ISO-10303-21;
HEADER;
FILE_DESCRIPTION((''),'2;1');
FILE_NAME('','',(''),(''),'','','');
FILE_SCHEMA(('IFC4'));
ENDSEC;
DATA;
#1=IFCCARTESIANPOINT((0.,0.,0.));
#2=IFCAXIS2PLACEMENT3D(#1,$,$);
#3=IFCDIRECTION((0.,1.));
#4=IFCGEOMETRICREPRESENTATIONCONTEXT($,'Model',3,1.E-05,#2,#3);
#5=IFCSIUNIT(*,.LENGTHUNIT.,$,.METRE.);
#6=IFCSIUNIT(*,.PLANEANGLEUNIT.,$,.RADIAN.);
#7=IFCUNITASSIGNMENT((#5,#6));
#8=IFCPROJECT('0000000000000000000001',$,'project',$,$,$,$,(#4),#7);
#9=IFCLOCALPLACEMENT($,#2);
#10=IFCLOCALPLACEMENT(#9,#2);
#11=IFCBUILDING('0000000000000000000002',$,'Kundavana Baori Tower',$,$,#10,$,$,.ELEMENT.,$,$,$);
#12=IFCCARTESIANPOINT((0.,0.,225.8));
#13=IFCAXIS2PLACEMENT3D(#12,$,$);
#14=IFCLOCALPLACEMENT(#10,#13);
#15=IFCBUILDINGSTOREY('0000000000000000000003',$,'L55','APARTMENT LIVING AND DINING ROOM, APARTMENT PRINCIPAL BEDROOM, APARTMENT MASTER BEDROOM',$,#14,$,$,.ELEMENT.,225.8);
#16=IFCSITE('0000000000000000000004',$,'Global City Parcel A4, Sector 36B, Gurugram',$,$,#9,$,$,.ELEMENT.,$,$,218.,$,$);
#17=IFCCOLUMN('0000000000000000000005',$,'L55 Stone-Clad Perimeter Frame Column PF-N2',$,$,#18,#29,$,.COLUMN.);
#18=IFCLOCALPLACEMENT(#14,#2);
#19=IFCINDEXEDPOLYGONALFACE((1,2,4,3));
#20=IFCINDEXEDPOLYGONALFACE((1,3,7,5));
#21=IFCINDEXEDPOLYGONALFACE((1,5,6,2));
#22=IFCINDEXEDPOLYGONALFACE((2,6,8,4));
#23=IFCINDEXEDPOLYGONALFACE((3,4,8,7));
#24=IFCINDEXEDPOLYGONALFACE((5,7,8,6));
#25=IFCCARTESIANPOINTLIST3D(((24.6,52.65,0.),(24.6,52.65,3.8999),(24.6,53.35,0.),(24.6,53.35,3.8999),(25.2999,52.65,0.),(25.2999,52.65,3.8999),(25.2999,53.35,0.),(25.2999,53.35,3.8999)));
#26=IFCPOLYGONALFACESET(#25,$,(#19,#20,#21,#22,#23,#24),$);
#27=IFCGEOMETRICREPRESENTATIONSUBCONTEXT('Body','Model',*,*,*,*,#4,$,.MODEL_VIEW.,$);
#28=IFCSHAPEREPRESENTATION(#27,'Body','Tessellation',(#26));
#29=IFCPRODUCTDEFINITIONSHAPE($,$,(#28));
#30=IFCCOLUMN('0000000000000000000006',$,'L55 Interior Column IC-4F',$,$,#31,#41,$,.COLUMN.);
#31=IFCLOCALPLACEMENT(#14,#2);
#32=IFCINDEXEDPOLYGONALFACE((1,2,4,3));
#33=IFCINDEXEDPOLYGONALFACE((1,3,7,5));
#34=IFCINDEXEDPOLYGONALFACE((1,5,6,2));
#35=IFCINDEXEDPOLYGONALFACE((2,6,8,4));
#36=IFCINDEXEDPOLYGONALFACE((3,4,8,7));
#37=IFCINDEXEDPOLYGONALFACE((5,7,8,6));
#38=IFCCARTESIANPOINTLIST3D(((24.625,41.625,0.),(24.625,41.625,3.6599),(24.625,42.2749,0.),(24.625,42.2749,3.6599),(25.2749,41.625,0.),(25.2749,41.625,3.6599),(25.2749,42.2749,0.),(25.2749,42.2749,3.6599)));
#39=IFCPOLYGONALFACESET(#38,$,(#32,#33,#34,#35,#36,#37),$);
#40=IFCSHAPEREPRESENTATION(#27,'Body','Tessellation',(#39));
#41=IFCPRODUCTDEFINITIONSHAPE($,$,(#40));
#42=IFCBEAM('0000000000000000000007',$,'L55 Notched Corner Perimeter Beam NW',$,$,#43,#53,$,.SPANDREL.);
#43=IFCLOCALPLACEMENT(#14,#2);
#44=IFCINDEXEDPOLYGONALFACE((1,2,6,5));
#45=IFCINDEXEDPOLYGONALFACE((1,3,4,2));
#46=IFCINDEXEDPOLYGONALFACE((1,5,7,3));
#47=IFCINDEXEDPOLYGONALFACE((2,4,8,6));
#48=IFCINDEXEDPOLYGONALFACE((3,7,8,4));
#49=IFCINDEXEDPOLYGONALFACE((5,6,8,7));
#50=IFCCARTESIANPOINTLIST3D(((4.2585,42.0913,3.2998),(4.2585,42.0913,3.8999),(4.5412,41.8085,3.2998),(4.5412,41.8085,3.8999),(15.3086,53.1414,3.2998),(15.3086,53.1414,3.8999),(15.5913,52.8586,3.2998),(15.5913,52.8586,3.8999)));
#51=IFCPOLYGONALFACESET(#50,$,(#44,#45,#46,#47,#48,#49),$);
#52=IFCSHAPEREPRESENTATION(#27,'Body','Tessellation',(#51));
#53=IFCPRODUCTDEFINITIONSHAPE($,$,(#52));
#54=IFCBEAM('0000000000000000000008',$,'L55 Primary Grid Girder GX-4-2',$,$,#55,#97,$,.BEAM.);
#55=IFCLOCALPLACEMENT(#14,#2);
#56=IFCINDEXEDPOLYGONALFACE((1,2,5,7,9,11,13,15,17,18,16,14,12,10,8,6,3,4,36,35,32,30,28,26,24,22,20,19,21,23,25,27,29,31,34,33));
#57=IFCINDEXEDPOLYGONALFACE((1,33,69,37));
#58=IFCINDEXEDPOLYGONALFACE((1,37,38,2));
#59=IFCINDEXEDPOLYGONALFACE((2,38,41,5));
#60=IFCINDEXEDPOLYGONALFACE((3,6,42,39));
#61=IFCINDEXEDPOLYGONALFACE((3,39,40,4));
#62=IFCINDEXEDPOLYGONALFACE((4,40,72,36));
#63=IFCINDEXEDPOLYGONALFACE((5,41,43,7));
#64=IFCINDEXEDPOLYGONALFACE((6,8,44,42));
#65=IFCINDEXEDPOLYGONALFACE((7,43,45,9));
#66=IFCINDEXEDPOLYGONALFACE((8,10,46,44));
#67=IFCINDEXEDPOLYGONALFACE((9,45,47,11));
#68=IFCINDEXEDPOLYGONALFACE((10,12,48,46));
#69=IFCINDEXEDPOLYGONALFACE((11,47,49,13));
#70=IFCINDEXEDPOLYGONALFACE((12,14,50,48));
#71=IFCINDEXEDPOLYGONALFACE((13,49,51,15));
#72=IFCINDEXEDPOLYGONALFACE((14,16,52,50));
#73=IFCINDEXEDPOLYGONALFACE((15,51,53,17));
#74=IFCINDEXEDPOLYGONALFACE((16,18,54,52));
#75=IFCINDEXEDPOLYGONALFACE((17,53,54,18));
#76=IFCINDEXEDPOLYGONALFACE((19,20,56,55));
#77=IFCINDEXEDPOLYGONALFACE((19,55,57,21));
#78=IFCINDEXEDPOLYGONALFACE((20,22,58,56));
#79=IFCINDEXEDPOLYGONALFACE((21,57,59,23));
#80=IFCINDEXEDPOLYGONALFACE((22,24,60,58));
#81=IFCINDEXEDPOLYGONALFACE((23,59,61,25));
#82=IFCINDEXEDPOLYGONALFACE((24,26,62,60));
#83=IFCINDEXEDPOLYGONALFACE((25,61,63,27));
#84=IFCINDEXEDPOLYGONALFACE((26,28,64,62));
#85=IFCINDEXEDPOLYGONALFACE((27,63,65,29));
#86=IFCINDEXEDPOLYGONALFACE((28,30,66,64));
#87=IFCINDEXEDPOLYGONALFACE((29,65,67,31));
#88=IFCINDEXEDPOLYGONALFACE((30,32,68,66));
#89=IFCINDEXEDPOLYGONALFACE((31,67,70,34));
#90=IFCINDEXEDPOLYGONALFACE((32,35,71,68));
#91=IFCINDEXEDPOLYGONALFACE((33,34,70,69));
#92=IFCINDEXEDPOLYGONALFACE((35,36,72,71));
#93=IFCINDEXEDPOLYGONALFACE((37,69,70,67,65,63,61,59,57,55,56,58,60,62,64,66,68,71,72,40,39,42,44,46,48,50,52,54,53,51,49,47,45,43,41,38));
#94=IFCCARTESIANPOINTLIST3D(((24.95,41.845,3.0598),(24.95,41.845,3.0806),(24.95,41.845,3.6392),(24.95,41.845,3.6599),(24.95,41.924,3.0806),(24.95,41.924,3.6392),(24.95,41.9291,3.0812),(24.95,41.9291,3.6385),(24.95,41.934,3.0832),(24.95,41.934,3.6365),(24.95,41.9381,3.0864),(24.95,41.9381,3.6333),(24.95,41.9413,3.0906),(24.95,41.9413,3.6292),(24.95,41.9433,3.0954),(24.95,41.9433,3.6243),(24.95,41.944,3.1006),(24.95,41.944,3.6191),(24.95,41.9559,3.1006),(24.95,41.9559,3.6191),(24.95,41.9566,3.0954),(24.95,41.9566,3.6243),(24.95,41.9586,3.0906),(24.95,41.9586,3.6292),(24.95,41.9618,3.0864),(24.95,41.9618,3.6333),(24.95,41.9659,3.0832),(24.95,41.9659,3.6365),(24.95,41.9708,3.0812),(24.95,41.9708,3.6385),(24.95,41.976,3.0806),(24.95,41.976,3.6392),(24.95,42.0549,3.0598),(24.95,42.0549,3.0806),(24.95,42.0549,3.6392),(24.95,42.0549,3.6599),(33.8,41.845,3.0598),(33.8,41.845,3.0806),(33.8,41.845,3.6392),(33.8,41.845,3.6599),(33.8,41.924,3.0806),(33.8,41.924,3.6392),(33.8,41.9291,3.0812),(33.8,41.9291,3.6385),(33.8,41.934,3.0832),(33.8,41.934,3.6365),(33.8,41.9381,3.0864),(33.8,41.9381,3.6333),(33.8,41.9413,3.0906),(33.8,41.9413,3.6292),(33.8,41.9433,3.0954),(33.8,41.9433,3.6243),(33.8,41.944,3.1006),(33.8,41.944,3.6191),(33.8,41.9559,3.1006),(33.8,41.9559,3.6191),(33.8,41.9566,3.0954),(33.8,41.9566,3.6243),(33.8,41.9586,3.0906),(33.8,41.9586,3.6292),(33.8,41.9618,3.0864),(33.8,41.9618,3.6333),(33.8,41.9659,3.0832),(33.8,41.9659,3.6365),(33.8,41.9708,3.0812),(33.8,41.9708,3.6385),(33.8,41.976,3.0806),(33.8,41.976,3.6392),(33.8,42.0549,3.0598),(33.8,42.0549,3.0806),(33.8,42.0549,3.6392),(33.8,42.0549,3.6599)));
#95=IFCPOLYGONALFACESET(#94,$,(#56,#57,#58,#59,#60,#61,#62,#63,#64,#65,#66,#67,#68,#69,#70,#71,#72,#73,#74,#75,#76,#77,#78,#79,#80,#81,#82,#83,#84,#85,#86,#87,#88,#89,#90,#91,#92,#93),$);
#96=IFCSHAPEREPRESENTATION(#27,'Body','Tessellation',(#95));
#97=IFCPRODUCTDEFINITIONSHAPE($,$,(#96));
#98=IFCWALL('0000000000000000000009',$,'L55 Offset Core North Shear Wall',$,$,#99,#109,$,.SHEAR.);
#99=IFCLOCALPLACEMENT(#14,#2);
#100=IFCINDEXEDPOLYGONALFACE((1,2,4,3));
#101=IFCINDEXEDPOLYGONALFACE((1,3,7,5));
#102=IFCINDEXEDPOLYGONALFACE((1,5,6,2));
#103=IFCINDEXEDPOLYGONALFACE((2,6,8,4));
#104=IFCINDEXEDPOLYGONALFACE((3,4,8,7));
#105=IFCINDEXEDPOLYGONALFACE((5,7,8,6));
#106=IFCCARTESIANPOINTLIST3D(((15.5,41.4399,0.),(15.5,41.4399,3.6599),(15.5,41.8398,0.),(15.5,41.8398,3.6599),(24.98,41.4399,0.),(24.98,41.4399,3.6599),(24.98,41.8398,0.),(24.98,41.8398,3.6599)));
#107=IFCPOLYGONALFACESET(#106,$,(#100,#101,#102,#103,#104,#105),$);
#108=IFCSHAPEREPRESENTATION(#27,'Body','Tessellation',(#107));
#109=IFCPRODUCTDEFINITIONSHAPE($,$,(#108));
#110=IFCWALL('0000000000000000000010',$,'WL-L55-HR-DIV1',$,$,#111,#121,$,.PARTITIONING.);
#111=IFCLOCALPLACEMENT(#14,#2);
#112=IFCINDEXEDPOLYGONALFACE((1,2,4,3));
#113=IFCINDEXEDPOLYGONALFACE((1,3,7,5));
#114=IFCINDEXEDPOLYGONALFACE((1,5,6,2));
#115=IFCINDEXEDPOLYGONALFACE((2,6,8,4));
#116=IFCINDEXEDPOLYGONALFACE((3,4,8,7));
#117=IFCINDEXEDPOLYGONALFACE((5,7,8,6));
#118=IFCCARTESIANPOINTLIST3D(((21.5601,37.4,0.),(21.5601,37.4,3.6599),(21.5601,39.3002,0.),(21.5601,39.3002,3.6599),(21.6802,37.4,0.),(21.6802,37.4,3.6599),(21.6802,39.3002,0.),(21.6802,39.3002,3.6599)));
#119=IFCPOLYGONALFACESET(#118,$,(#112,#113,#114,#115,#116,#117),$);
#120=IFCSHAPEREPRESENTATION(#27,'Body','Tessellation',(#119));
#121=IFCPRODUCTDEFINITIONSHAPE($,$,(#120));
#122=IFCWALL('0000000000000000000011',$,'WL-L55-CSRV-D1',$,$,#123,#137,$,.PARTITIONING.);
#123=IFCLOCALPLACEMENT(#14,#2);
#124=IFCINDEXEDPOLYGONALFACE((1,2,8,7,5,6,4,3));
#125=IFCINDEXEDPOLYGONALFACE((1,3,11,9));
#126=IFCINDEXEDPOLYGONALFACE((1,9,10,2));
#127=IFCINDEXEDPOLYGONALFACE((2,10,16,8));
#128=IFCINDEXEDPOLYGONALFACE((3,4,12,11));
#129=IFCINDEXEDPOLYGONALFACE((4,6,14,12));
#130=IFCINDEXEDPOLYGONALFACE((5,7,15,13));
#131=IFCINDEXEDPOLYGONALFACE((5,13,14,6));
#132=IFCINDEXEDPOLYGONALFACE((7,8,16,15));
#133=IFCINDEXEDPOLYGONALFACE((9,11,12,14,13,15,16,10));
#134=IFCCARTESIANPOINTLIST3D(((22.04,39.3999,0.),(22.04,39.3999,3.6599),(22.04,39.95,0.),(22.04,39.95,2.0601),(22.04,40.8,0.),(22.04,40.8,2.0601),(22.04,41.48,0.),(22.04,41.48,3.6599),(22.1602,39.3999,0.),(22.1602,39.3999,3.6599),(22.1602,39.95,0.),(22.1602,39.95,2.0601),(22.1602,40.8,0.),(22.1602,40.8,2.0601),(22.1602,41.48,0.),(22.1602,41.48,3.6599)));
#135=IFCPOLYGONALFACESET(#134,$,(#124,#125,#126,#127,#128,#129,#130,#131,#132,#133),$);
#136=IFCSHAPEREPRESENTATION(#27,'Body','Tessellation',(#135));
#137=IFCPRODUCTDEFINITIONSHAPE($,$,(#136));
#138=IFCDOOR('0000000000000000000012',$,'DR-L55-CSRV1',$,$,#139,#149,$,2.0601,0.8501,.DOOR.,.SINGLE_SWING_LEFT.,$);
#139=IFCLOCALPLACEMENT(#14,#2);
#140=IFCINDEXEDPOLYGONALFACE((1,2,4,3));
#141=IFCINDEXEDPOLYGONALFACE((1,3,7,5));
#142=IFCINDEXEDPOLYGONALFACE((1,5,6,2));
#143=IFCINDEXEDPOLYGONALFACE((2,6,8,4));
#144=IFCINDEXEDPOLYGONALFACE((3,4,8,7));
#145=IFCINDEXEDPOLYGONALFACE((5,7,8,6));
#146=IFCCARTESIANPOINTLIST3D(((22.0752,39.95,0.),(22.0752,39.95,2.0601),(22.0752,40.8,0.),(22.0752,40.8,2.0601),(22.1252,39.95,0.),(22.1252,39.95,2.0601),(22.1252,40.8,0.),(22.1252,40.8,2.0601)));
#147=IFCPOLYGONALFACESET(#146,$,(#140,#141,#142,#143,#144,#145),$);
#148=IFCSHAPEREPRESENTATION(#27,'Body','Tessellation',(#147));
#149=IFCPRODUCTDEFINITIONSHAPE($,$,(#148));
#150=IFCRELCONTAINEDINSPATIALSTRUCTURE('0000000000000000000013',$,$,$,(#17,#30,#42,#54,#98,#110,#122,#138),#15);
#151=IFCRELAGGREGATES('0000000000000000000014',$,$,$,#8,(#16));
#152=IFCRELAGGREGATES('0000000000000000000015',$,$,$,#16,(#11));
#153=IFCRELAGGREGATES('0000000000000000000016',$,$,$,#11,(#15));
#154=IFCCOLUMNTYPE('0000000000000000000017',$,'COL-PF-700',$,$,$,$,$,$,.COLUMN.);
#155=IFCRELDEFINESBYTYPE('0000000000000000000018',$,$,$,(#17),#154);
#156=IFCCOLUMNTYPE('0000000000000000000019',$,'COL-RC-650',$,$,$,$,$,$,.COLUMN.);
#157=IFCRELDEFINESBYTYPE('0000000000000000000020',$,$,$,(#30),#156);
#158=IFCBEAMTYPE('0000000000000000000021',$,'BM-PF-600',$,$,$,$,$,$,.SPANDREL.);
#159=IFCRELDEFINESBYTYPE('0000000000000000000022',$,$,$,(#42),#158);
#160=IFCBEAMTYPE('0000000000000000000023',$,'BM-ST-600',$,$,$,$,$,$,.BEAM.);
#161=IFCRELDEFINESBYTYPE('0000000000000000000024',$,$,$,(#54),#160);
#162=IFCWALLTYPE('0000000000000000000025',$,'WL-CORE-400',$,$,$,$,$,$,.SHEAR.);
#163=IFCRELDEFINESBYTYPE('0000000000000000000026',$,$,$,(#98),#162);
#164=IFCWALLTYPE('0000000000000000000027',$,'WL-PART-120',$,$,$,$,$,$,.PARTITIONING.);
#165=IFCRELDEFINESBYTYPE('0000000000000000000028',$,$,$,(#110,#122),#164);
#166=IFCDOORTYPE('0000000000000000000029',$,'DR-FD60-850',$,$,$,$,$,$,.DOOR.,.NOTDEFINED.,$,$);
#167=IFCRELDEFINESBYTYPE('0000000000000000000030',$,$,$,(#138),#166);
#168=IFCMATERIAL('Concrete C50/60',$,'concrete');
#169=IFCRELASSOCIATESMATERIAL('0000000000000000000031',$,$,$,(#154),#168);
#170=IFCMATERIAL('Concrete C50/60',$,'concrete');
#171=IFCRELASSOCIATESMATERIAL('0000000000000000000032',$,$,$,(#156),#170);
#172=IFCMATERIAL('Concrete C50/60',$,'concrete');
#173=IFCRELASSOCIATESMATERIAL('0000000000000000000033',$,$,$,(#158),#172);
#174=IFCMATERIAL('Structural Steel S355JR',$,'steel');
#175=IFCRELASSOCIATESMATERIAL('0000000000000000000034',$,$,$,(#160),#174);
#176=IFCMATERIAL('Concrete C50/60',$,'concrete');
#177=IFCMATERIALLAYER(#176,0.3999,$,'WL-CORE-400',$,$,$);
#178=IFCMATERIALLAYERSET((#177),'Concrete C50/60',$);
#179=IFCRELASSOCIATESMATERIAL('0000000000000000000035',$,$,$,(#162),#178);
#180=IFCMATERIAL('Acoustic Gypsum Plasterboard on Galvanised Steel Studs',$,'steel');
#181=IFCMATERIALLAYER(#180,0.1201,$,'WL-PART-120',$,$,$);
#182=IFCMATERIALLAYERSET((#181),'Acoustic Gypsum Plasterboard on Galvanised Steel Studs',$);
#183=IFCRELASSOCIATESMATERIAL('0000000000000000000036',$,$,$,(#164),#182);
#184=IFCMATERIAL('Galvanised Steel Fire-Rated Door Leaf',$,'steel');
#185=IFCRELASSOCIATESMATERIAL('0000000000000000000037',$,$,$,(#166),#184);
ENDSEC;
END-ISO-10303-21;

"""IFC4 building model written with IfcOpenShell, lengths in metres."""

from ifc_helpers import new_model, si_unit, direction, frame, frame_2d, origin, origin_2d, place, context, subcontext, project, spatial, rectangle, i_section, extrude, material, layer, layer_set, material_profile, profile_set, type_object, element, fill, save


model = new_model("IFC4")

# Units and contexts
model_context = context("Model", 3, precision=1e-05, world=origin(), true_north=direction((0.0, 1.0)))
body_context = subcontext(model_context, "Body", "Model", "MODEL_VIEW")
ifc_project = project(units=[si_unit("LENGTHUNIT", "METRE"), si_unit("PLANEANGLEUNIT", "RADIAN")], contexts=[model_context])

# Site, building, storey
site_placement = place(None, origin())
site = spatial("IfcSite", under=ifc_project, at=site_placement, Name="Global City Parcel A4, Sector 36B, Gurugram", CompositionType="ELEMENT", RefElevation=218.0)
building_placement = place(site_placement, origin())
building = spatial("IfcBuilding", under=site, at=building_placement, Name="Kundavana Baori Tower", CompositionType="ELEMENT")
storey_placement = place(building_placement, frame((0.0, 0.0, 225.8)))
storey = spatial("IfcBuildingStorey", under=building, at=storey_placement, Name="L55", Description="APARTMENT LIVING AND DINING ROOM, APARTMENT PRINCIPAL BEDROOM, APARTMENT MASTER BEDROOM", CompositionType="ELEMENT", Elevation=225.8)

# Columns
ifc_material_1 = material(Name="Concrete C50/60", Category="concrete")
ifc_material_profile_1 = material_profile(ifc_material_1, rectangle(XDim=0.7, YDim=0.7, at=origin_2d()), Name="RC PF 700x700")
ifc_profile_set_1 = profile_set([ifc_material_profile_1], Name="Concrete C50/60")
column_type_1 = type_object("IfcColumnType", Name="COL-PF-700", PredefinedType="COLUMN", material=ifc_profile_set_1)
column_1_placement = place(storey_placement, frame((24.95, 53.0, 0.0), z_axis=(0.0, 0.0, 1.0), x_axis=(1.0, 0.0, 0.0)))
element("IfcColumn", 1, at=column_1_placement, inside=storey, type_object=column_type_1, Name="L55 Stone-Clad Perimeter Frame Column PF-N2", PredefinedType="COLUMN", context=body_context, shape_type="SweptSolid", body=[
    extrude(rectangle(XDim=0.7, YDim=0.7, at=origin_2d()), origin(), (0.0, 0.0, 1.0), 3.8999),
])
ifc_material_2 = material(Name="Concrete C50/60", Category="concrete")
ifc_material_profile_2 = material_profile(ifc_material_2, rectangle(XDim=0.6499, YDim=0.6499, at=origin_2d()), Name="RC 650x650")
ifc_profile_set_2 = profile_set([ifc_material_profile_2], Name="Concrete C50/60")
column_type_2 = type_object("IfcColumnType", Name="COL-RC-650", PredefinedType="COLUMN", material=ifc_profile_set_2)
column_2_placement = place(storey_placement, frame((24.95, 41.95, 0.0), z_axis=(0.0, 0.0, 1.0), x_axis=(1.0, 0.0, 0.0)))
element("IfcColumn", 2, at=column_2_placement, inside=storey, type_object=column_type_2, Name="L55 Interior Column IC-4F", PredefinedType="COLUMN", context=body_context, shape_type="SweptSolid", body=[
    extrude(rectangle(XDim=0.6499, YDim=0.6499, at=origin_2d()), origin(), (0.0, 0.0, 1.0), 3.6599),
])

# Beams
ifc_material_3 = material(Name="Concrete C50/60", Category="concrete")
ifc_material_profile_3 = material_profile(ifc_material_3, rectangle(XDim=0.3999, YDim=0.6001, at=origin_2d()), Name="RC BM 400x600")
ifc_profile_set_3 = profile_set([ifc_material_profile_3], Name="Concrete C50/60")
beam_type_1 = type_object("IfcBeamType", Name="BM-PF-600", PredefinedType="SPANDREL", material=ifc_profile_set_3)
beam_1_placement = place(storey_placement, frame((15.45, 53.0, 3.5999), z_axis=(-0.707107, -0.707107, 0.0), x_axis=(0.707107, -0.707107, 0.0)))
element("IfcBeam", 3, at=beam_1_placement, inside=storey, type_object=beam_type_1, Name="L55 Notched Corner Perimeter Beam NW", PredefinedType="SPANDREL", context=body_context, shape_type="SweptSolid", body=[
    extrude(rectangle(XDim=0.3999, YDim=0.6001, at=origin_2d()), origin(), (0.0, 0.0, 1.0), 15.6272),
])
ifc_material_4 = material(Name="Structural Steel S355JR", Category="steel")
ifc_material_profile_4 = material_profile(ifc_material_4, i_section(OverallWidth=0.21, OverallDepth=0.6001, WebThickness=0.012, FlangeThickness=0.0208, FilletRadius=0.02, at=origin_2d()), Name="ISMB 600")
ifc_profile_set_4 = profile_set([ifc_material_profile_4], Name="Structural Steel S355JR")
beam_type_2 = type_object("IfcBeamType", Name="BM-ST-600", PredefinedType="BEAM", material=ifc_profile_set_4)
beam_2_placement = place(storey_placement, frame((24.95, 41.95, 3.3599), z_axis=(1.0, 0.0, 0.0), x_axis=(0.0, 1.0, 0.0)))
element("IfcBeam", 4, at=beam_2_placement, inside=storey, type_object=beam_type_2, Name="L55 Primary Grid Girder GX-4-2", PredefinedType="BEAM", context=body_context, shape_type="SweptSolid", body=[
    extrude(i_section(OverallWidth=0.21, OverallDepth=0.6001, WebThickness=0.012, FlangeThickness=0.0208, FilletRadius=0.02, at=origin_2d()), origin(), (0.0, 0.0, 1.0), 8.8501),
])

# Walls
ifc_material_5 = material(Name="Concrete C50/60", Category="concrete")
ifc_layer_1 = layer(ifc_material_5, 0.3999, Name="WL-CORE-400")
ifc_layer_set_1 = layer_set([ifc_layer_1], Name="Concrete C50/60")
wall_type_1 = type_object("IfcWallType", Name="WL-CORE-400", PredefinedType="SHEAR", material=ifc_layer_set_1)
wall_1_placement = place(storey_placement, frame((15.5, 41.6399, 0.0), z_axis=(0.0, 0.0, 1.0), x_axis=(1.0, 0.0, 0.0)))
element("IfcWall", 5, at=wall_1_placement, inside=storey, type_object=wall_type_1, Name="L55 Offset Core North Shear Wall", PredefinedType="SHEAR", context=body_context, shape_type="SweptSolid", body=[
    extrude(rectangle(XDim=9.48, YDim=0.3999, at=frame_2d((4.74, 0.0))), origin(), (0.0, 0.0, 1.0), 3.6599),
])
ifc_material_6 = material(Name="Acoustic Gypsum Plasterboard on Galvanised Steel Studs", Category="steel")
ifc_layer_2 = layer(ifc_material_6, 0.1201, Name="WL-PART-120")
ifc_layer_set_2 = layer_set([ifc_layer_2], Name="Acoustic Gypsum Plasterboard on Galvanised Steel Studs")
wall_type_2 = type_object("IfcWallType", Name="WL-PART-120", PredefinedType="PARTITIONING", material=ifc_layer_set_2)
wall_2_placement = place(storey_placement, frame((21.6201, 37.3999, 0.0), z_axis=(0.0, 0.0, 1.0), x_axis=(0.0, 1.0, 0.0)))
element("IfcWall", 6, at=wall_2_placement, inside=storey, type_object=wall_type_2, Name="WL-L55-HR-DIV1", PredefinedType="PARTITIONING", context=body_context, shape_type="SweptSolid", body=[
    extrude(rectangle(XDim=1.9001, YDim=0.1201, at=frame_2d((0.9502, 0.0))), origin(), (0.0, 0.0, 1.0), 3.6599),
])

# Wall, opening, door
wall_3_placement = place(storey_placement, frame((22.1001, 39.3999, 0.0), z_axis=(0.0, 0.0, 1.0), x_axis=(0.0, 1.0, 0.0)))
wall_3 = element("IfcWall", 7, at=wall_3_placement, inside=storey, type_object=wall_type_2, Name="WL-L55-CSRV-D1", PredefinedType="PARTITIONING", context=body_context, shape_type="SweptSolid", body=[
    extrude(rectangle(XDim=2.0801, YDim=0.1201, at=frame_2d((1.04, 0.0))), origin(), (0.0, 0.0, 1.0), 3.6599),
])
opening_1_placement = place(wall_3_placement, frame((0.55, 0.0, 0.0)))
opening_1 = element("IfcOpeningElement", 8, at=opening_1_placement, cuts=wall_3, PredefinedType="OPENING", context=body_context, shape_type="SweptSolid", body=[
    extrude(rectangle(XDim=0.8501, YDim=2.0601, at=frame_2d((0.425, 1.03))), frame((0.0, 0.0701, 0.0), z_axis=(0.0, -1.0, 0.0), x_axis=(1.0, 0.0, 0.0)), (0.0, 0.0, 1.0), 0.1401),
])
ifc_material_7 = material(Name="Galvanised Steel Fire-Rated Door Leaf", Category="steel")
door_type_1 = type_object("IfcDoorType", Name="DR-FD60-850", OperationType="NOTDEFINED", PredefinedType="DOOR", material=ifc_material_7)
door_1_placement = place(opening_1_placement, origin())
door_1 = element("IfcDoor", 9, at=door_1_placement, inside=storey, type_object=door_type_1, Name="DR-L55-CSRV1", OperationType="SINGLE_SWING_LEFT", OverallHeight=2.0601, OverallWidth=0.8501, PredefinedType="DOOR", context=body_context, shape_type="SweptSolid", body=[
    extrude(rectangle(XDim=0.8501, YDim=2.0601, at=frame_2d((0.425, 1.03))), frame((0.0, 0.0249, 0.0), z_axis=(0.0, -1.0, 0.0), x_axis=(1.0, 0.0, 0.0)), (0.0, 0.0, 1.0), 0.05),
])
fill(opening_1, door_1)

save(model, "model.ifc")
